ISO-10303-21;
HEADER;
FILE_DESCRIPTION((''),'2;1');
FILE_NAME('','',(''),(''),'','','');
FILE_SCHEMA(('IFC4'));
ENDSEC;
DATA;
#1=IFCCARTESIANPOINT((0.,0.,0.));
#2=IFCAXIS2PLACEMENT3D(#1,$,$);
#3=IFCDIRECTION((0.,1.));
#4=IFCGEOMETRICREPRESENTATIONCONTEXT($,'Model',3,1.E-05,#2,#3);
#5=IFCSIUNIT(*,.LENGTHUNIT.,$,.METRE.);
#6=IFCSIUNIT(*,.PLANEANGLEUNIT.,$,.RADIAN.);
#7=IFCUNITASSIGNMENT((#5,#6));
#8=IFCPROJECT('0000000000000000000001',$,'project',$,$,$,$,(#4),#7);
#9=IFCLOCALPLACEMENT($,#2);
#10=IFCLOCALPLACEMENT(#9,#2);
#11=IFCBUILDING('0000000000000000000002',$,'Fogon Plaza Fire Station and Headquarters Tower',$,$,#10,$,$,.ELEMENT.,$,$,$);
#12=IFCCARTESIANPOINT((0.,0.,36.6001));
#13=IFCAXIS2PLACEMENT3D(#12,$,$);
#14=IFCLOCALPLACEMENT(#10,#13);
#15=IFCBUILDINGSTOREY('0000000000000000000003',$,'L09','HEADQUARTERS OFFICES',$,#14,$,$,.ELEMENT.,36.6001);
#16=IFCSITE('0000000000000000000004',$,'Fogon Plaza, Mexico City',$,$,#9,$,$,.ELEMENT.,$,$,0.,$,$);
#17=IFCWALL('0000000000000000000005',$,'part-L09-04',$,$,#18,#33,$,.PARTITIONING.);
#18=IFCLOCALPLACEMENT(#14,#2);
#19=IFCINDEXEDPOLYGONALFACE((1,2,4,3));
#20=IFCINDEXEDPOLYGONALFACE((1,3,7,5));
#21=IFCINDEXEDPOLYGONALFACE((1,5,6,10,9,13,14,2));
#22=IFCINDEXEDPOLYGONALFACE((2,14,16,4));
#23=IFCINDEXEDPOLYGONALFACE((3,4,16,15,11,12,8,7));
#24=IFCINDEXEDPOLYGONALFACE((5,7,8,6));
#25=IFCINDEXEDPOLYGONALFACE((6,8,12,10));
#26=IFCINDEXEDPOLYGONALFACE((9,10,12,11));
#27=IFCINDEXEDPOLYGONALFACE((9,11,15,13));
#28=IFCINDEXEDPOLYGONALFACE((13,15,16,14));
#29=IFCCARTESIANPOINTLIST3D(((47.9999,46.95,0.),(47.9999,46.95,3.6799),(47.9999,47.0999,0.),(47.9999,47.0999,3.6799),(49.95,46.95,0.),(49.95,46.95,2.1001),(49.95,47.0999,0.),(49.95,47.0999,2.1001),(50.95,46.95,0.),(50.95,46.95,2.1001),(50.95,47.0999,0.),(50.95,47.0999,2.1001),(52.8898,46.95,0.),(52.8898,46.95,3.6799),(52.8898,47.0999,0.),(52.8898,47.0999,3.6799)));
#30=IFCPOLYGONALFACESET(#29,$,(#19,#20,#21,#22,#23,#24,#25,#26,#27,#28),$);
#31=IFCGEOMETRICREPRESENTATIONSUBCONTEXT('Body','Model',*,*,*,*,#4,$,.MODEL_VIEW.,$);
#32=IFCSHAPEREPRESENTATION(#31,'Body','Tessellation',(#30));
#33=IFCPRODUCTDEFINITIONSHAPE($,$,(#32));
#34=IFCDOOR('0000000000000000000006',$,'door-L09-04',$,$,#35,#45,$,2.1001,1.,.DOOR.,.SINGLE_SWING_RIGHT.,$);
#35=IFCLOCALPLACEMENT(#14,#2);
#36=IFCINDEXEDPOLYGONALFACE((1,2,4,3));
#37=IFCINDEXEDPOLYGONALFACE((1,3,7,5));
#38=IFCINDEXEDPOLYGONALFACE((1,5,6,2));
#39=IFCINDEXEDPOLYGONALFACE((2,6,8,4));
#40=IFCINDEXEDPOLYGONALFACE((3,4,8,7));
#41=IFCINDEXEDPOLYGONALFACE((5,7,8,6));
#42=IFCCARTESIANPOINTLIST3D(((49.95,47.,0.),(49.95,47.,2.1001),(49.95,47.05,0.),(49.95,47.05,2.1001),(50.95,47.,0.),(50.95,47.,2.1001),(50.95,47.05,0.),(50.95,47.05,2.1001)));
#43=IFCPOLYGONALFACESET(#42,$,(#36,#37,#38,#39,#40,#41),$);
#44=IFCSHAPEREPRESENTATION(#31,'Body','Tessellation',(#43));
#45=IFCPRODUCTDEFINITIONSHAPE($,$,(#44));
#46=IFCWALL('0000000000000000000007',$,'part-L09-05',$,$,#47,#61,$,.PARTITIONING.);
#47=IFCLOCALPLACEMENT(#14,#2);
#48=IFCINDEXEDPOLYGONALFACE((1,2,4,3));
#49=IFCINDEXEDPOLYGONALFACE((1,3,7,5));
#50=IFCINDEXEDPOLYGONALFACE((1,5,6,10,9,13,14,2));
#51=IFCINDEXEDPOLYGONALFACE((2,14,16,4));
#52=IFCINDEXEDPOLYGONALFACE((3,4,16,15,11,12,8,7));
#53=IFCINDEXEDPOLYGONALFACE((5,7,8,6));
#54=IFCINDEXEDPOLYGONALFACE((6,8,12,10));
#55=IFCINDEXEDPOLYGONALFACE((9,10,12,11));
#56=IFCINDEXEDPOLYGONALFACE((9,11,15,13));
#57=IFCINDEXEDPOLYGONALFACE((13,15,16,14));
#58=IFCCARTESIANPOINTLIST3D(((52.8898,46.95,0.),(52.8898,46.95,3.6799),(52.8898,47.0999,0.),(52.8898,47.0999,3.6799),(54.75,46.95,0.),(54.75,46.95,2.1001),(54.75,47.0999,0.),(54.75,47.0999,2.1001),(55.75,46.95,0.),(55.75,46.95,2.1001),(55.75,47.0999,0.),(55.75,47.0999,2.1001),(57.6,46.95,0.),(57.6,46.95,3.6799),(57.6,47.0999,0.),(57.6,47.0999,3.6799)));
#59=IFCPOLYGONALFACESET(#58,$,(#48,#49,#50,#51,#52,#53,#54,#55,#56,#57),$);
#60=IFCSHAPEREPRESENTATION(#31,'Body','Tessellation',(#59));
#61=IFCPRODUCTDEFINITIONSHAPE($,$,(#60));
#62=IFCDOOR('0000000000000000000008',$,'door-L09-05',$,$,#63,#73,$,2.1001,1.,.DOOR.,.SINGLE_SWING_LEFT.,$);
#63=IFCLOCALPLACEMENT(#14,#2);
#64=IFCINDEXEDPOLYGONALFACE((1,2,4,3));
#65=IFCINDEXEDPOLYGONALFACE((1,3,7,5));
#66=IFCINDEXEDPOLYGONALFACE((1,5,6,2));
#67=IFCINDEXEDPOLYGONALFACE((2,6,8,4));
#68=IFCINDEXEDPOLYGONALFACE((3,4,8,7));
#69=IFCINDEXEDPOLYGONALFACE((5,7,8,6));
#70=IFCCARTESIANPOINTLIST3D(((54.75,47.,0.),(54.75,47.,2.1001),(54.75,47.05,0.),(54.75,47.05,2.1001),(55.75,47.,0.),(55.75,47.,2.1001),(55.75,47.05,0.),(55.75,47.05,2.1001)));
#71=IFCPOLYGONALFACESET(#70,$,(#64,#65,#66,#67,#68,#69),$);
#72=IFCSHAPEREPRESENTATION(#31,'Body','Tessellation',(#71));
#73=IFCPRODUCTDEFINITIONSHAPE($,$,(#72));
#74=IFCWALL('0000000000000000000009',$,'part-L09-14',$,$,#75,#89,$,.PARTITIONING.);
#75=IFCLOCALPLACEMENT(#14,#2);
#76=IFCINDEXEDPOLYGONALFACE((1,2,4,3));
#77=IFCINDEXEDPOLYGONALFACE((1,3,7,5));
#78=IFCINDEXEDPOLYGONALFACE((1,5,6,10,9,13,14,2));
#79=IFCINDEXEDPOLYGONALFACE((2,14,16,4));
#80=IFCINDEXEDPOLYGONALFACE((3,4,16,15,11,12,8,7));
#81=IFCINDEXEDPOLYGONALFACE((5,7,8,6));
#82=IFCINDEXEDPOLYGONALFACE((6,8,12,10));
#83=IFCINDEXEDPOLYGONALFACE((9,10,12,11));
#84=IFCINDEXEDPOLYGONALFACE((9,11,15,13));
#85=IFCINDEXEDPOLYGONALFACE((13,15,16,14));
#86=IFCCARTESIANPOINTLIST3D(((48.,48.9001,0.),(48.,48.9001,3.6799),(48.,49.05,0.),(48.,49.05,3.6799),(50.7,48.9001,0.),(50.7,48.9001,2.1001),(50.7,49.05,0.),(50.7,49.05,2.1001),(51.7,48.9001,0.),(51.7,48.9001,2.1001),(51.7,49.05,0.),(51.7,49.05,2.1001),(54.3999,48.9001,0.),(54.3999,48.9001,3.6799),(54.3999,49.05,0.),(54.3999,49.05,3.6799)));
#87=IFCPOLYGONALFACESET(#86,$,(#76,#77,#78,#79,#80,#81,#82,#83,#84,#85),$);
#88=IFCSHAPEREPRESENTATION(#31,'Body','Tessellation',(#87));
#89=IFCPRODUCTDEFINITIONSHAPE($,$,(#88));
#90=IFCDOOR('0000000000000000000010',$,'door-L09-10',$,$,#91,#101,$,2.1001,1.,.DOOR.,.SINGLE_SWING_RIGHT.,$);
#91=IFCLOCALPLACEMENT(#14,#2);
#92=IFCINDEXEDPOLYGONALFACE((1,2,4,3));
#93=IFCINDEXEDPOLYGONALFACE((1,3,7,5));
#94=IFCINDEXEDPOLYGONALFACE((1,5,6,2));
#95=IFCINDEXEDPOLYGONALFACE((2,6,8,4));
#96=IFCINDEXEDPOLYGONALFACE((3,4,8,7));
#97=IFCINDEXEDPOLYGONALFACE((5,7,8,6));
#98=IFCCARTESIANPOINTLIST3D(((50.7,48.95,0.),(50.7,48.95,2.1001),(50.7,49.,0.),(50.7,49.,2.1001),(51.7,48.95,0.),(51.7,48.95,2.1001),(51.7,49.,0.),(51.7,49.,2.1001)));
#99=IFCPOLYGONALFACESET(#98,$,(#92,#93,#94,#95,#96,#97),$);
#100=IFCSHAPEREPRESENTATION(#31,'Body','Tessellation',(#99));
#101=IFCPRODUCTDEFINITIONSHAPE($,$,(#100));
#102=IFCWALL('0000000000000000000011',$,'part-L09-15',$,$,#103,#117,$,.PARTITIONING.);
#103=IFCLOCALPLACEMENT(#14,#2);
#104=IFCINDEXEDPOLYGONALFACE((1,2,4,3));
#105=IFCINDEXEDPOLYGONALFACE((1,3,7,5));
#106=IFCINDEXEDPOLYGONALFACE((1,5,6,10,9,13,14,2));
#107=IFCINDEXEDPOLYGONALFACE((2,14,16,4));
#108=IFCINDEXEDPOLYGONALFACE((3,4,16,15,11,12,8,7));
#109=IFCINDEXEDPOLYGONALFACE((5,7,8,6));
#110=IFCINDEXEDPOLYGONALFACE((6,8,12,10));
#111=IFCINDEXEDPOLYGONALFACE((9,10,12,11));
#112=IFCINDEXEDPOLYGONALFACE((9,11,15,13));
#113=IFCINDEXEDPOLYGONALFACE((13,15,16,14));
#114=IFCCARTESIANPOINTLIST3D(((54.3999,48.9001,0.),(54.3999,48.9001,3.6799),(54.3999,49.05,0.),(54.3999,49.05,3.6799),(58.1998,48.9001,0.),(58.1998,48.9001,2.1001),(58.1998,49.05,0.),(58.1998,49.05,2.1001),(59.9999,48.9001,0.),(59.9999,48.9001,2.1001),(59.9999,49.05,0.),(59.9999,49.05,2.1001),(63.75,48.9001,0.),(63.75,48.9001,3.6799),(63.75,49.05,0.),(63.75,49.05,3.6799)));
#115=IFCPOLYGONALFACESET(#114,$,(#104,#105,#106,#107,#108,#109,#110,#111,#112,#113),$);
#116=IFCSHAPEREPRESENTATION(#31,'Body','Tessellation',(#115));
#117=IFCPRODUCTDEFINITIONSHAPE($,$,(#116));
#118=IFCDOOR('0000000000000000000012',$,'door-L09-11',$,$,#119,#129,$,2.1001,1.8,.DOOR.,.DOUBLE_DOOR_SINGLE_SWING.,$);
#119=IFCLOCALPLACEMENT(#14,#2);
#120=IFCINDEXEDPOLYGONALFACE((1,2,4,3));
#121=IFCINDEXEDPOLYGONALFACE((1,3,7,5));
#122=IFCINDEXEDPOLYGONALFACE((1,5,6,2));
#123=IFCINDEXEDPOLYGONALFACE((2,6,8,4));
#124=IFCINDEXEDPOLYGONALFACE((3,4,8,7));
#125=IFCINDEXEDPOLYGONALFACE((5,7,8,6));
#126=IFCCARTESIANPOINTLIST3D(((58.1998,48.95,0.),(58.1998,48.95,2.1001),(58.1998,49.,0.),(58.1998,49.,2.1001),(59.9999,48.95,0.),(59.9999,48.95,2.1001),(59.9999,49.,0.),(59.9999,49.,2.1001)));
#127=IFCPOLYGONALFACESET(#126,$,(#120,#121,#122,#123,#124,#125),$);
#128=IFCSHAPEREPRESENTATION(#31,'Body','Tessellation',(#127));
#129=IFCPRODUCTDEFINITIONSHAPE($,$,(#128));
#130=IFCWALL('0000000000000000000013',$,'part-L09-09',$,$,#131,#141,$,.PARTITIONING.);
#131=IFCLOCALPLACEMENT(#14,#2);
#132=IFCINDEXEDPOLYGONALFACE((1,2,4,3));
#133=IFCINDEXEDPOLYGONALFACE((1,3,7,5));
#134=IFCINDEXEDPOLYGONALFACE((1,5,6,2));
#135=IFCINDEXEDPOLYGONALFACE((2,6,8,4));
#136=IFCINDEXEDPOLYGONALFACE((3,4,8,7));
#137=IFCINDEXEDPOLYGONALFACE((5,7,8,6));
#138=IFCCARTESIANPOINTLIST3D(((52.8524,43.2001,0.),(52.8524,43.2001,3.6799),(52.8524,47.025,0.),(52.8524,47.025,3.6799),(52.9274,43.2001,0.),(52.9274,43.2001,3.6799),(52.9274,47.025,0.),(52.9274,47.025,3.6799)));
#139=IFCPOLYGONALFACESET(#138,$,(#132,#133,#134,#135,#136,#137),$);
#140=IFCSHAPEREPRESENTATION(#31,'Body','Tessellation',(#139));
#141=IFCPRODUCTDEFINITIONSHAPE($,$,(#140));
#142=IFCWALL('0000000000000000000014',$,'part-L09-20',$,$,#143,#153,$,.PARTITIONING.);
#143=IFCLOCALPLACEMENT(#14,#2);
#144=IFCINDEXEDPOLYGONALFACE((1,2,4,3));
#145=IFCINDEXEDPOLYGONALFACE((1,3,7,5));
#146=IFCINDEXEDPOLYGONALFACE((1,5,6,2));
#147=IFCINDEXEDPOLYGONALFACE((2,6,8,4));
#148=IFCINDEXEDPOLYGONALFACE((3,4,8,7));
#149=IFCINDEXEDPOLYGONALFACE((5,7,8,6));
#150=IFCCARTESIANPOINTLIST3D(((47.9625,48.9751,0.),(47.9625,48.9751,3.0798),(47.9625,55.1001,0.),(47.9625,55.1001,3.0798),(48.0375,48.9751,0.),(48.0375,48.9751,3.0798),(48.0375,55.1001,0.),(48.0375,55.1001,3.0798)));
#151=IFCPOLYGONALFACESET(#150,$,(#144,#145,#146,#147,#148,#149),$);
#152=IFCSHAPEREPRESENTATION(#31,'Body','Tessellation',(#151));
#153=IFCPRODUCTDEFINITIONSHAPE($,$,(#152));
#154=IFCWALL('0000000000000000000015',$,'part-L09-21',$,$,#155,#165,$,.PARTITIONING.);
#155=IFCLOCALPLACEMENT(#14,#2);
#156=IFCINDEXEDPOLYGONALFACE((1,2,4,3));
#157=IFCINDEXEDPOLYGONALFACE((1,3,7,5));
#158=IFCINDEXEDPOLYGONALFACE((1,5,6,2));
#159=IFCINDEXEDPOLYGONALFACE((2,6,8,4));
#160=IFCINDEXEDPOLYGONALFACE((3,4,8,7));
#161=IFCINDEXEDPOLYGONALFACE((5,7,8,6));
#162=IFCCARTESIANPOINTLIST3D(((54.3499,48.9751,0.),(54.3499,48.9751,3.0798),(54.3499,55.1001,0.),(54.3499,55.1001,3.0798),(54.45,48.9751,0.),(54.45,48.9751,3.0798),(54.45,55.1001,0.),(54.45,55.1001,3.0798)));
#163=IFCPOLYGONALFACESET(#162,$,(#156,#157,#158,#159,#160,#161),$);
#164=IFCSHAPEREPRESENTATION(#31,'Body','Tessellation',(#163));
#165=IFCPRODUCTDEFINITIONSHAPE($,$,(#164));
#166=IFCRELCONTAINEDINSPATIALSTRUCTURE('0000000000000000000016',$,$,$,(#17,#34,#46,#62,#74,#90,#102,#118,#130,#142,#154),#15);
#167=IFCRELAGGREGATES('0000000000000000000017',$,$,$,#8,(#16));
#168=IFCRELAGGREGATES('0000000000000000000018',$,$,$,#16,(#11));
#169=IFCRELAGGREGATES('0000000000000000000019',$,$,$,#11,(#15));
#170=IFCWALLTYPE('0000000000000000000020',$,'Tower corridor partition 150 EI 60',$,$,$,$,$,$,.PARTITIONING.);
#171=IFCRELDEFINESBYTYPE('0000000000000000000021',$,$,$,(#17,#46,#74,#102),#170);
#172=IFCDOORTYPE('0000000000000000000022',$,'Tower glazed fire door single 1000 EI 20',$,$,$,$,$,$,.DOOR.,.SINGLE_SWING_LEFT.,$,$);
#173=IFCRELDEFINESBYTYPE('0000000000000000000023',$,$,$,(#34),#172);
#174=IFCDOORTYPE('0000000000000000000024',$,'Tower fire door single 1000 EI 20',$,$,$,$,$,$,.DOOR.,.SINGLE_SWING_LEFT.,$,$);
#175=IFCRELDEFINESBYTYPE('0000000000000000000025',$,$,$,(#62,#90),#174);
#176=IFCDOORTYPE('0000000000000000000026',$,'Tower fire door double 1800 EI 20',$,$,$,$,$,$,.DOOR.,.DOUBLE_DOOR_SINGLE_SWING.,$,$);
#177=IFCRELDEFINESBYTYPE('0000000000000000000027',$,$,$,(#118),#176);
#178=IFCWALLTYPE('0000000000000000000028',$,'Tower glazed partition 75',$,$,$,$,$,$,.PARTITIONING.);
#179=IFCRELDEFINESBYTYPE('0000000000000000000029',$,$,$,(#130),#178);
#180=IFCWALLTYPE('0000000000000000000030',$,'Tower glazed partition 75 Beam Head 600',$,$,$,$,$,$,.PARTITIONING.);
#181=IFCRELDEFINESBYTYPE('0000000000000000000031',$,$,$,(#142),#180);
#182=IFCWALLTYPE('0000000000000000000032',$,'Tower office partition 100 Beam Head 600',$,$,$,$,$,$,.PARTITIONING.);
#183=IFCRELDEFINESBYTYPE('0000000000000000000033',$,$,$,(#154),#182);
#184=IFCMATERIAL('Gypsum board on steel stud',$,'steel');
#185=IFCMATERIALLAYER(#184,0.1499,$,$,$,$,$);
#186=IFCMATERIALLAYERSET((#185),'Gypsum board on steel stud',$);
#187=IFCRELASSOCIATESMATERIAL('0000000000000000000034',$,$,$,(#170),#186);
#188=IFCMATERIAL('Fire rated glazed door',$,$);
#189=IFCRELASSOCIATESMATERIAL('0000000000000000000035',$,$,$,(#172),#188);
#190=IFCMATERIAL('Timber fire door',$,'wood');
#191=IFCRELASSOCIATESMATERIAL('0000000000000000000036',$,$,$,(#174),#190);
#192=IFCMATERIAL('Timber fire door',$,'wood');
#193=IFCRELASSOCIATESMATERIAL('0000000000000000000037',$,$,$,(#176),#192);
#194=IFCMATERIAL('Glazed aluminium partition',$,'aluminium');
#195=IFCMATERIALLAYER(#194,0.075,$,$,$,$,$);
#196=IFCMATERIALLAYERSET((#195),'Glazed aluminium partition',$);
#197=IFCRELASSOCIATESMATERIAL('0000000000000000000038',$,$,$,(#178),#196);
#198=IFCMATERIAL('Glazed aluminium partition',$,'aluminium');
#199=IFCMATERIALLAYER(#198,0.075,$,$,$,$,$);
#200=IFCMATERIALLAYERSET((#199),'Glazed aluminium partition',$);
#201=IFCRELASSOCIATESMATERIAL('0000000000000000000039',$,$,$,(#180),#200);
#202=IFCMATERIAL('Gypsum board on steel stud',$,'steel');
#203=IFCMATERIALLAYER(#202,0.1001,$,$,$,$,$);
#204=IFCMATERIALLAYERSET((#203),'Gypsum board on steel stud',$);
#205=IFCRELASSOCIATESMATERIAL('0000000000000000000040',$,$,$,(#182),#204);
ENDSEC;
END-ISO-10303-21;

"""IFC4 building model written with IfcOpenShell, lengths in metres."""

from ifc_helpers import new_model, si_unit, direction, frame, frame_2d, origin, place, context, subcontext, project, spatial, rectangle, extrude, material, layer, layer_set, type_object, element, fill, save


model = new_model("IFC4")

# Units and contexts
model_context = context("Model", 3, precision=1e-05, world=origin(), true_north=direction((0.0, 1.0)))
body_context = subcontext(model_context, "Body", "Model", "MODEL_VIEW")
ifc_project = project(units=[si_unit("LENGTHUNIT", "METRE"), si_unit("PLANEANGLEUNIT", "RADIAN")], contexts=[model_context])

# Site, building, storey
site_placement = place(None, origin())
site = spatial("IfcSite", under=ifc_project, at=site_placement, Name="Fogon Plaza, Mexico City", CompositionType="ELEMENT", RefElevation=0.0)
building_placement = place(site_placement, origin())
building = spatial("IfcBuilding", under=site, at=building_placement, Name="Fogon Plaza Fire Station and Headquarters Tower", CompositionType="ELEMENT")
storey_placement = place(building_placement, frame((0.0, 0.0, 36.6001)))
storey = spatial("IfcBuildingStorey", under=building, at=storey_placement, Name="L09", Description="HEADQUARTERS OFFICES", CompositionType="ELEMENT", Elevation=36.6001)

# Walls, openings, doors
ifc_material_1 = material(Name="Gypsum board on steel stud", Category="steel")
ifc_layer_1 = layer(ifc_material_1, 0.1499)
ifc_layer_set_1 = layer_set([ifc_layer_1], Name="Gypsum board on steel stud")
wall_type_1 = type_object("IfcWallType", Name="Tower corridor partition 150 EI 60", PredefinedType="PARTITIONING", material=ifc_layer_set_1)
wall_1_placement = place(storey_placement, frame((48.0, 47.0249, 0.0), z_axis=(0.0, 0.0, 1.0), x_axis=(1.0, 0.0, 0.0)))
wall_1 = element("IfcWall", 1, at=wall_1_placement, inside=storey, type_object=wall_type_1, Name="part-L09-04", PredefinedType="PARTITIONING", context=body_context, shape_type="SweptSolid", body=[
    extrude(rectangle(XDim=4.8899, YDim=0.1499, at=frame_2d((2.4448, 0.0))), origin(), (0.0, 0.0, 1.0), 3.6799),
])
opening_1_placement = place(wall_1_placement, frame((1.95, 0.0, 0.0)))
opening_1 = element("IfcOpeningElement", 2, at=opening_1_placement, cuts=wall_1, PredefinedType="OPENING", context=body_context, shape_type="SweptSolid", body=[
    extrude(rectangle(XDim=1.0, YDim=2.1001, at=frame_2d((0.5, 1.05))), frame((0.0, 0.085, 0.0), z_axis=(0.0, -1.0, 0.0), x_axis=(1.0, 0.0, 0.0)), (0.0, 0.0, 1.0), 0.1699),
])
ifc_material_2 = material(Name="Fire rated glazed door")
door_type_1 = type_object("IfcDoorType", Name="Tower glazed fire door single 1000 EI 20", OperationType="SINGLE_SWING_LEFT", PredefinedType="DOOR", material=ifc_material_2)
door_1_placement = place(opening_1_placement, frame((1.0, 0.0, 0.0), z_axis=(0.0, 0.0, 1.0), x_axis=(-1.0, 0.0, 0.0)))
door_1 = element("IfcDoor", 3, at=door_1_placement, inside=storey, type_object=door_type_1, Name="door-L09-04", OperationType="SINGLE_SWING_RIGHT", OverallHeight=2.1001, OverallWidth=1.0, PredefinedType="DOOR", context=body_context, shape_type="SweptSolid", body=[
    extrude(rectangle(XDim=1.0, YDim=2.1001, at=frame_2d((0.5, 1.05))), frame((0.0, 0.0249, 0.0), z_axis=(0.0, -1.0, 0.0), x_axis=(1.0, 0.0, 0.0)), (0.0, 0.0, 1.0), 0.05),
])
fill(opening_1, door_1)
wall_2_placement = place(storey_placement, frame((52.8899, 47.0249, 0.0), z_axis=(0.0, 0.0, 1.0), x_axis=(1.0, 0.0, 0.0)))
wall_2 = element("IfcWall", 4, at=wall_2_placement, inside=storey, type_object=wall_type_1, Name="part-L09-05", PredefinedType="PARTITIONING", context=body_context, shape_type="SweptSolid", body=[
    extrude(rectangle(XDim=4.7102, YDim=0.1499, at=frame_2d((2.355, 0.0))), origin(), (0.0, 0.0, 1.0), 3.6799),
])
opening_2_placement = place(wall_2_placement, frame((1.8601, 0.0, 0.0)))
opening_2 = element("IfcOpeningElement", 5, at=opening_2_placement, cuts=wall_2, PredefinedType="OPENING", context=body_context, shape_type="SweptSolid", body=[
    extrude(rectangle(XDim=1.0, YDim=2.1001, at=frame_2d((0.5, 1.05))), frame((0.0, 0.085, 0.0), z_axis=(0.0, -1.0, 0.0), x_axis=(1.0, 0.0, 0.0)), (0.0, 0.0, 1.0), 0.1699),
])
ifc_material_3 = material(Name="Timber fire door", Category="wood")
door_type_2 = type_object("IfcDoorType", Name="Tower fire door single 1000 EI 20", OperationType="SINGLE_SWING_LEFT", PredefinedType="DOOR", material=ifc_material_3)
door_2_placement = place(opening_2_placement, frame((1.0, 0.0, 0.0), z_axis=(0.0, 0.0, 1.0), x_axis=(-1.0, 0.0, 0.0)))
door_2 = element("IfcDoor", 6, at=door_2_placement, inside=storey, type_object=door_type_2, Name="door-L09-05", OperationType="SINGLE_SWING_LEFT", OverallHeight=2.1001, OverallWidth=1.0, PredefinedType="DOOR", context=body_context, shape_type="SweptSolid", body=[
    extrude(rectangle(XDim=1.0, YDim=2.1001, at=frame_2d((0.5, 1.05))), frame((0.0, 0.0249, 0.0), z_axis=(0.0, -1.0, 0.0), x_axis=(1.0, 0.0, 0.0)), (0.0, 0.0, 1.0), 0.05),
])
fill(opening_2, door_2)
wall_3_placement = place(storey_placement, frame((48.0, 48.9751, 0.0), z_axis=(0.0, 0.0, 1.0), x_axis=(1.0, 0.0, 0.0)))
wall_3 = element("IfcWall", 7, at=wall_3_placement, inside=storey, type_object=wall_type_1, Name="part-L09-14", PredefinedType="PARTITIONING", context=body_context, shape_type="SweptSolid", body=[
    extrude(rectangle(XDim=6.3999, YDim=0.1499, at=frame_2d((3.2, 0.0))), origin(), (0.0, 0.0, 1.0), 3.6799),
])
opening_3_placement = place(wall_3_placement, frame((2.7, 0.0, 0.0)))
opening_3 = element("IfcOpeningElement", 8, at=opening_3_placement, cuts=wall_3, PredefinedType="OPENING", context=body_context, shape_type="SweptSolid", body=[
    extrude(rectangle(XDim=1.0, YDim=2.1001, at=frame_2d((0.5, 1.05))), frame((0.0, 0.085, 0.0), z_axis=(0.0, -1.0, 0.0), x_axis=(1.0, 0.0, 0.0)), (0.0, 0.0, 1.0), 0.1699),
])
door_3_placement = place(opening_3_placement, origin())
door_3 = element("IfcDoor", 9, at=door_3_placement, inside=storey, type_object=door_type_2, Name="door-L09-10", OperationType="SINGLE_SWING_RIGHT", OverallHeight=2.1001, OverallWidth=1.0, PredefinedType="DOOR", context=body_context, shape_type="SweptSolid", body=[
    extrude(rectangle(XDim=1.0, YDim=2.1001, at=frame_2d((0.5, 1.05))), frame((0.0, 0.0249, 0.0), z_axis=(0.0, -1.0, 0.0), x_axis=(1.0, 0.0, 0.0)), (0.0, 0.0, 1.0), 0.05),
])
fill(opening_3, door_3)
wall_4_placement = place(storey_placement, frame((54.3999, 48.9751, 0.0), z_axis=(0.0, 0.0, 1.0), x_axis=(1.0, 0.0, 0.0)))
wall_4 = element("IfcWall", 10, at=wall_4_placement, inside=storey, type_object=wall_type_1, Name="part-L09-15", PredefinedType="PARTITIONING", context=body_context, shape_type="SweptSolid", body=[
    extrude(rectangle(XDim=9.3501, YDim=0.1499, at=frame_2d((4.675, 0.0))), origin(), (0.0, 0.0, 1.0), 3.6799),
])
opening_4_placement = place(wall_4_placement, frame((3.8, 0.0, 0.0)))
opening_4 = element("IfcOpeningElement", 11, at=opening_4_placement, cuts=wall_4, PredefinedType="OPENING", context=body_context, shape_type="SweptSolid", body=[
    extrude(rectangle(XDim=1.8, YDim=2.1001, at=frame_2d((0.8999, 1.05))), frame((0.0, 0.085, 0.0), z_axis=(0.0, -1.0, 0.0), x_axis=(1.0, 0.0, 0.0)), (0.0, 0.0, 1.0), 0.1699),
])
ifc_material_4 = material(Name="Timber fire door", Category="wood")
door_type_3 = type_object("IfcDoorType", Name="Tower fire door double 1800 EI 20", OperationType="DOUBLE_DOOR_SINGLE_SWING", PredefinedType="DOOR", material=ifc_material_4)
door_4_placement = place(opening_4_placement, origin())
door_4 = element("IfcDoor", 12, at=door_4_placement, inside=storey, type_object=door_type_3, Name="door-L09-11", OperationType="DOUBLE_DOOR_SINGLE_SWING", OverallHeight=2.1001, OverallWidth=1.8, PredefinedType="DOOR", context=body_context, shape_type="SweptSolid", body=[
    extrude(rectangle(XDim=1.8, YDim=2.1001, at=frame_2d((0.8999, 1.05))), frame((0.0, 0.0249, 0.0), z_axis=(0.0, -1.0, 0.0), x_axis=(1.0, 0.0, 0.0)), (0.0, 0.0, 1.0), 0.05),
])
fill(opening_4, door_4)

# Walls
ifc_material_5 = material(Name="Glazed aluminium partition", Category="aluminium")
ifc_layer_2 = layer(ifc_material_5, 0.075)
ifc_layer_set_2 = layer_set([ifc_layer_2], Name="Glazed aluminium partition")
wall_type_2 = type_object("IfcWallType", Name="Tower glazed partition 75", PredefinedType="PARTITIONING", material=ifc_layer_set_2)
wall_5_placement = place(storey_placement, frame((52.8899, 43.2, 0.0), z_axis=(0.0, 0.0, 1.0), x_axis=(0.0, 1.0, 0.0)))
element("IfcWall", 13, at=wall_5_placement, inside=storey, type_object=wall_type_2, Name="part-L09-09", PredefinedType="PARTITIONING", context=body_context, shape_type="SweptSolid", body=[
    extrude(rectangle(XDim=3.825, YDim=0.075, at=frame_2d((1.9126, 0.0))), origin(), (0.0, 0.0, 1.0), 3.6799),
])
ifc_material_6 = material(Name="Glazed aluminium partition", Category="aluminium")
ifc_layer_3 = layer(ifc_material_6, 0.075)
ifc_layer_set_3 = layer_set([ifc_layer_3], Name="Glazed aluminium partition")
wall_type_3 = type_object("IfcWallType", Name="Tower glazed partition 75 Beam Head 600", PredefinedType="PARTITIONING", material=ifc_layer_set_3)
wall_6_placement = place(storey_placement, frame((48.0, 48.9751, 0.0), z_axis=(0.0, 0.0, 1.0), x_axis=(0.0, 1.0, 0.0)))
element("IfcWall", 14, at=wall_6_placement, inside=storey, type_object=wall_type_3, Name="part-L09-20", PredefinedType="PARTITIONING", context=body_context, shape_type="SweptSolid", body=[
    extrude(rectangle(XDim=6.125, YDim=0.075, at=frame_2d((3.0625, 0.0))), origin(), (0.0, 0.0, 1.0), 3.0798),
])
ifc_material_7 = material(Name="Gypsum board on steel stud", Category="steel")
ifc_layer_4 = layer(ifc_material_7, 0.1001)
ifc_layer_set_4 = layer_set([ifc_layer_4], Name="Gypsum board on steel stud")
wall_type_4 = type_object("IfcWallType", Name="Tower office partition 100 Beam Head 600", PredefinedType="PARTITIONING", material=ifc_layer_set_4)
wall_7_placement = place(storey_placement, frame((54.3999, 48.9751, 0.0), z_axis=(0.0, 0.0, 1.0), x_axis=(0.0, 1.0, 0.0)))
element("IfcWall", 15, at=wall_7_placement, inside=storey, type_object=wall_type_4, Name="part-L09-21", PredefinedType="PARTITIONING", context=body_context, shape_type="SweptSolid", body=[
    extrude(rectangle(XDim=6.125, YDim=0.1001, at=frame_2d((3.0625, 0.0))), origin(), (0.0, 0.0, 1.0), 3.0798),
])

save(model, "model.ifc")
